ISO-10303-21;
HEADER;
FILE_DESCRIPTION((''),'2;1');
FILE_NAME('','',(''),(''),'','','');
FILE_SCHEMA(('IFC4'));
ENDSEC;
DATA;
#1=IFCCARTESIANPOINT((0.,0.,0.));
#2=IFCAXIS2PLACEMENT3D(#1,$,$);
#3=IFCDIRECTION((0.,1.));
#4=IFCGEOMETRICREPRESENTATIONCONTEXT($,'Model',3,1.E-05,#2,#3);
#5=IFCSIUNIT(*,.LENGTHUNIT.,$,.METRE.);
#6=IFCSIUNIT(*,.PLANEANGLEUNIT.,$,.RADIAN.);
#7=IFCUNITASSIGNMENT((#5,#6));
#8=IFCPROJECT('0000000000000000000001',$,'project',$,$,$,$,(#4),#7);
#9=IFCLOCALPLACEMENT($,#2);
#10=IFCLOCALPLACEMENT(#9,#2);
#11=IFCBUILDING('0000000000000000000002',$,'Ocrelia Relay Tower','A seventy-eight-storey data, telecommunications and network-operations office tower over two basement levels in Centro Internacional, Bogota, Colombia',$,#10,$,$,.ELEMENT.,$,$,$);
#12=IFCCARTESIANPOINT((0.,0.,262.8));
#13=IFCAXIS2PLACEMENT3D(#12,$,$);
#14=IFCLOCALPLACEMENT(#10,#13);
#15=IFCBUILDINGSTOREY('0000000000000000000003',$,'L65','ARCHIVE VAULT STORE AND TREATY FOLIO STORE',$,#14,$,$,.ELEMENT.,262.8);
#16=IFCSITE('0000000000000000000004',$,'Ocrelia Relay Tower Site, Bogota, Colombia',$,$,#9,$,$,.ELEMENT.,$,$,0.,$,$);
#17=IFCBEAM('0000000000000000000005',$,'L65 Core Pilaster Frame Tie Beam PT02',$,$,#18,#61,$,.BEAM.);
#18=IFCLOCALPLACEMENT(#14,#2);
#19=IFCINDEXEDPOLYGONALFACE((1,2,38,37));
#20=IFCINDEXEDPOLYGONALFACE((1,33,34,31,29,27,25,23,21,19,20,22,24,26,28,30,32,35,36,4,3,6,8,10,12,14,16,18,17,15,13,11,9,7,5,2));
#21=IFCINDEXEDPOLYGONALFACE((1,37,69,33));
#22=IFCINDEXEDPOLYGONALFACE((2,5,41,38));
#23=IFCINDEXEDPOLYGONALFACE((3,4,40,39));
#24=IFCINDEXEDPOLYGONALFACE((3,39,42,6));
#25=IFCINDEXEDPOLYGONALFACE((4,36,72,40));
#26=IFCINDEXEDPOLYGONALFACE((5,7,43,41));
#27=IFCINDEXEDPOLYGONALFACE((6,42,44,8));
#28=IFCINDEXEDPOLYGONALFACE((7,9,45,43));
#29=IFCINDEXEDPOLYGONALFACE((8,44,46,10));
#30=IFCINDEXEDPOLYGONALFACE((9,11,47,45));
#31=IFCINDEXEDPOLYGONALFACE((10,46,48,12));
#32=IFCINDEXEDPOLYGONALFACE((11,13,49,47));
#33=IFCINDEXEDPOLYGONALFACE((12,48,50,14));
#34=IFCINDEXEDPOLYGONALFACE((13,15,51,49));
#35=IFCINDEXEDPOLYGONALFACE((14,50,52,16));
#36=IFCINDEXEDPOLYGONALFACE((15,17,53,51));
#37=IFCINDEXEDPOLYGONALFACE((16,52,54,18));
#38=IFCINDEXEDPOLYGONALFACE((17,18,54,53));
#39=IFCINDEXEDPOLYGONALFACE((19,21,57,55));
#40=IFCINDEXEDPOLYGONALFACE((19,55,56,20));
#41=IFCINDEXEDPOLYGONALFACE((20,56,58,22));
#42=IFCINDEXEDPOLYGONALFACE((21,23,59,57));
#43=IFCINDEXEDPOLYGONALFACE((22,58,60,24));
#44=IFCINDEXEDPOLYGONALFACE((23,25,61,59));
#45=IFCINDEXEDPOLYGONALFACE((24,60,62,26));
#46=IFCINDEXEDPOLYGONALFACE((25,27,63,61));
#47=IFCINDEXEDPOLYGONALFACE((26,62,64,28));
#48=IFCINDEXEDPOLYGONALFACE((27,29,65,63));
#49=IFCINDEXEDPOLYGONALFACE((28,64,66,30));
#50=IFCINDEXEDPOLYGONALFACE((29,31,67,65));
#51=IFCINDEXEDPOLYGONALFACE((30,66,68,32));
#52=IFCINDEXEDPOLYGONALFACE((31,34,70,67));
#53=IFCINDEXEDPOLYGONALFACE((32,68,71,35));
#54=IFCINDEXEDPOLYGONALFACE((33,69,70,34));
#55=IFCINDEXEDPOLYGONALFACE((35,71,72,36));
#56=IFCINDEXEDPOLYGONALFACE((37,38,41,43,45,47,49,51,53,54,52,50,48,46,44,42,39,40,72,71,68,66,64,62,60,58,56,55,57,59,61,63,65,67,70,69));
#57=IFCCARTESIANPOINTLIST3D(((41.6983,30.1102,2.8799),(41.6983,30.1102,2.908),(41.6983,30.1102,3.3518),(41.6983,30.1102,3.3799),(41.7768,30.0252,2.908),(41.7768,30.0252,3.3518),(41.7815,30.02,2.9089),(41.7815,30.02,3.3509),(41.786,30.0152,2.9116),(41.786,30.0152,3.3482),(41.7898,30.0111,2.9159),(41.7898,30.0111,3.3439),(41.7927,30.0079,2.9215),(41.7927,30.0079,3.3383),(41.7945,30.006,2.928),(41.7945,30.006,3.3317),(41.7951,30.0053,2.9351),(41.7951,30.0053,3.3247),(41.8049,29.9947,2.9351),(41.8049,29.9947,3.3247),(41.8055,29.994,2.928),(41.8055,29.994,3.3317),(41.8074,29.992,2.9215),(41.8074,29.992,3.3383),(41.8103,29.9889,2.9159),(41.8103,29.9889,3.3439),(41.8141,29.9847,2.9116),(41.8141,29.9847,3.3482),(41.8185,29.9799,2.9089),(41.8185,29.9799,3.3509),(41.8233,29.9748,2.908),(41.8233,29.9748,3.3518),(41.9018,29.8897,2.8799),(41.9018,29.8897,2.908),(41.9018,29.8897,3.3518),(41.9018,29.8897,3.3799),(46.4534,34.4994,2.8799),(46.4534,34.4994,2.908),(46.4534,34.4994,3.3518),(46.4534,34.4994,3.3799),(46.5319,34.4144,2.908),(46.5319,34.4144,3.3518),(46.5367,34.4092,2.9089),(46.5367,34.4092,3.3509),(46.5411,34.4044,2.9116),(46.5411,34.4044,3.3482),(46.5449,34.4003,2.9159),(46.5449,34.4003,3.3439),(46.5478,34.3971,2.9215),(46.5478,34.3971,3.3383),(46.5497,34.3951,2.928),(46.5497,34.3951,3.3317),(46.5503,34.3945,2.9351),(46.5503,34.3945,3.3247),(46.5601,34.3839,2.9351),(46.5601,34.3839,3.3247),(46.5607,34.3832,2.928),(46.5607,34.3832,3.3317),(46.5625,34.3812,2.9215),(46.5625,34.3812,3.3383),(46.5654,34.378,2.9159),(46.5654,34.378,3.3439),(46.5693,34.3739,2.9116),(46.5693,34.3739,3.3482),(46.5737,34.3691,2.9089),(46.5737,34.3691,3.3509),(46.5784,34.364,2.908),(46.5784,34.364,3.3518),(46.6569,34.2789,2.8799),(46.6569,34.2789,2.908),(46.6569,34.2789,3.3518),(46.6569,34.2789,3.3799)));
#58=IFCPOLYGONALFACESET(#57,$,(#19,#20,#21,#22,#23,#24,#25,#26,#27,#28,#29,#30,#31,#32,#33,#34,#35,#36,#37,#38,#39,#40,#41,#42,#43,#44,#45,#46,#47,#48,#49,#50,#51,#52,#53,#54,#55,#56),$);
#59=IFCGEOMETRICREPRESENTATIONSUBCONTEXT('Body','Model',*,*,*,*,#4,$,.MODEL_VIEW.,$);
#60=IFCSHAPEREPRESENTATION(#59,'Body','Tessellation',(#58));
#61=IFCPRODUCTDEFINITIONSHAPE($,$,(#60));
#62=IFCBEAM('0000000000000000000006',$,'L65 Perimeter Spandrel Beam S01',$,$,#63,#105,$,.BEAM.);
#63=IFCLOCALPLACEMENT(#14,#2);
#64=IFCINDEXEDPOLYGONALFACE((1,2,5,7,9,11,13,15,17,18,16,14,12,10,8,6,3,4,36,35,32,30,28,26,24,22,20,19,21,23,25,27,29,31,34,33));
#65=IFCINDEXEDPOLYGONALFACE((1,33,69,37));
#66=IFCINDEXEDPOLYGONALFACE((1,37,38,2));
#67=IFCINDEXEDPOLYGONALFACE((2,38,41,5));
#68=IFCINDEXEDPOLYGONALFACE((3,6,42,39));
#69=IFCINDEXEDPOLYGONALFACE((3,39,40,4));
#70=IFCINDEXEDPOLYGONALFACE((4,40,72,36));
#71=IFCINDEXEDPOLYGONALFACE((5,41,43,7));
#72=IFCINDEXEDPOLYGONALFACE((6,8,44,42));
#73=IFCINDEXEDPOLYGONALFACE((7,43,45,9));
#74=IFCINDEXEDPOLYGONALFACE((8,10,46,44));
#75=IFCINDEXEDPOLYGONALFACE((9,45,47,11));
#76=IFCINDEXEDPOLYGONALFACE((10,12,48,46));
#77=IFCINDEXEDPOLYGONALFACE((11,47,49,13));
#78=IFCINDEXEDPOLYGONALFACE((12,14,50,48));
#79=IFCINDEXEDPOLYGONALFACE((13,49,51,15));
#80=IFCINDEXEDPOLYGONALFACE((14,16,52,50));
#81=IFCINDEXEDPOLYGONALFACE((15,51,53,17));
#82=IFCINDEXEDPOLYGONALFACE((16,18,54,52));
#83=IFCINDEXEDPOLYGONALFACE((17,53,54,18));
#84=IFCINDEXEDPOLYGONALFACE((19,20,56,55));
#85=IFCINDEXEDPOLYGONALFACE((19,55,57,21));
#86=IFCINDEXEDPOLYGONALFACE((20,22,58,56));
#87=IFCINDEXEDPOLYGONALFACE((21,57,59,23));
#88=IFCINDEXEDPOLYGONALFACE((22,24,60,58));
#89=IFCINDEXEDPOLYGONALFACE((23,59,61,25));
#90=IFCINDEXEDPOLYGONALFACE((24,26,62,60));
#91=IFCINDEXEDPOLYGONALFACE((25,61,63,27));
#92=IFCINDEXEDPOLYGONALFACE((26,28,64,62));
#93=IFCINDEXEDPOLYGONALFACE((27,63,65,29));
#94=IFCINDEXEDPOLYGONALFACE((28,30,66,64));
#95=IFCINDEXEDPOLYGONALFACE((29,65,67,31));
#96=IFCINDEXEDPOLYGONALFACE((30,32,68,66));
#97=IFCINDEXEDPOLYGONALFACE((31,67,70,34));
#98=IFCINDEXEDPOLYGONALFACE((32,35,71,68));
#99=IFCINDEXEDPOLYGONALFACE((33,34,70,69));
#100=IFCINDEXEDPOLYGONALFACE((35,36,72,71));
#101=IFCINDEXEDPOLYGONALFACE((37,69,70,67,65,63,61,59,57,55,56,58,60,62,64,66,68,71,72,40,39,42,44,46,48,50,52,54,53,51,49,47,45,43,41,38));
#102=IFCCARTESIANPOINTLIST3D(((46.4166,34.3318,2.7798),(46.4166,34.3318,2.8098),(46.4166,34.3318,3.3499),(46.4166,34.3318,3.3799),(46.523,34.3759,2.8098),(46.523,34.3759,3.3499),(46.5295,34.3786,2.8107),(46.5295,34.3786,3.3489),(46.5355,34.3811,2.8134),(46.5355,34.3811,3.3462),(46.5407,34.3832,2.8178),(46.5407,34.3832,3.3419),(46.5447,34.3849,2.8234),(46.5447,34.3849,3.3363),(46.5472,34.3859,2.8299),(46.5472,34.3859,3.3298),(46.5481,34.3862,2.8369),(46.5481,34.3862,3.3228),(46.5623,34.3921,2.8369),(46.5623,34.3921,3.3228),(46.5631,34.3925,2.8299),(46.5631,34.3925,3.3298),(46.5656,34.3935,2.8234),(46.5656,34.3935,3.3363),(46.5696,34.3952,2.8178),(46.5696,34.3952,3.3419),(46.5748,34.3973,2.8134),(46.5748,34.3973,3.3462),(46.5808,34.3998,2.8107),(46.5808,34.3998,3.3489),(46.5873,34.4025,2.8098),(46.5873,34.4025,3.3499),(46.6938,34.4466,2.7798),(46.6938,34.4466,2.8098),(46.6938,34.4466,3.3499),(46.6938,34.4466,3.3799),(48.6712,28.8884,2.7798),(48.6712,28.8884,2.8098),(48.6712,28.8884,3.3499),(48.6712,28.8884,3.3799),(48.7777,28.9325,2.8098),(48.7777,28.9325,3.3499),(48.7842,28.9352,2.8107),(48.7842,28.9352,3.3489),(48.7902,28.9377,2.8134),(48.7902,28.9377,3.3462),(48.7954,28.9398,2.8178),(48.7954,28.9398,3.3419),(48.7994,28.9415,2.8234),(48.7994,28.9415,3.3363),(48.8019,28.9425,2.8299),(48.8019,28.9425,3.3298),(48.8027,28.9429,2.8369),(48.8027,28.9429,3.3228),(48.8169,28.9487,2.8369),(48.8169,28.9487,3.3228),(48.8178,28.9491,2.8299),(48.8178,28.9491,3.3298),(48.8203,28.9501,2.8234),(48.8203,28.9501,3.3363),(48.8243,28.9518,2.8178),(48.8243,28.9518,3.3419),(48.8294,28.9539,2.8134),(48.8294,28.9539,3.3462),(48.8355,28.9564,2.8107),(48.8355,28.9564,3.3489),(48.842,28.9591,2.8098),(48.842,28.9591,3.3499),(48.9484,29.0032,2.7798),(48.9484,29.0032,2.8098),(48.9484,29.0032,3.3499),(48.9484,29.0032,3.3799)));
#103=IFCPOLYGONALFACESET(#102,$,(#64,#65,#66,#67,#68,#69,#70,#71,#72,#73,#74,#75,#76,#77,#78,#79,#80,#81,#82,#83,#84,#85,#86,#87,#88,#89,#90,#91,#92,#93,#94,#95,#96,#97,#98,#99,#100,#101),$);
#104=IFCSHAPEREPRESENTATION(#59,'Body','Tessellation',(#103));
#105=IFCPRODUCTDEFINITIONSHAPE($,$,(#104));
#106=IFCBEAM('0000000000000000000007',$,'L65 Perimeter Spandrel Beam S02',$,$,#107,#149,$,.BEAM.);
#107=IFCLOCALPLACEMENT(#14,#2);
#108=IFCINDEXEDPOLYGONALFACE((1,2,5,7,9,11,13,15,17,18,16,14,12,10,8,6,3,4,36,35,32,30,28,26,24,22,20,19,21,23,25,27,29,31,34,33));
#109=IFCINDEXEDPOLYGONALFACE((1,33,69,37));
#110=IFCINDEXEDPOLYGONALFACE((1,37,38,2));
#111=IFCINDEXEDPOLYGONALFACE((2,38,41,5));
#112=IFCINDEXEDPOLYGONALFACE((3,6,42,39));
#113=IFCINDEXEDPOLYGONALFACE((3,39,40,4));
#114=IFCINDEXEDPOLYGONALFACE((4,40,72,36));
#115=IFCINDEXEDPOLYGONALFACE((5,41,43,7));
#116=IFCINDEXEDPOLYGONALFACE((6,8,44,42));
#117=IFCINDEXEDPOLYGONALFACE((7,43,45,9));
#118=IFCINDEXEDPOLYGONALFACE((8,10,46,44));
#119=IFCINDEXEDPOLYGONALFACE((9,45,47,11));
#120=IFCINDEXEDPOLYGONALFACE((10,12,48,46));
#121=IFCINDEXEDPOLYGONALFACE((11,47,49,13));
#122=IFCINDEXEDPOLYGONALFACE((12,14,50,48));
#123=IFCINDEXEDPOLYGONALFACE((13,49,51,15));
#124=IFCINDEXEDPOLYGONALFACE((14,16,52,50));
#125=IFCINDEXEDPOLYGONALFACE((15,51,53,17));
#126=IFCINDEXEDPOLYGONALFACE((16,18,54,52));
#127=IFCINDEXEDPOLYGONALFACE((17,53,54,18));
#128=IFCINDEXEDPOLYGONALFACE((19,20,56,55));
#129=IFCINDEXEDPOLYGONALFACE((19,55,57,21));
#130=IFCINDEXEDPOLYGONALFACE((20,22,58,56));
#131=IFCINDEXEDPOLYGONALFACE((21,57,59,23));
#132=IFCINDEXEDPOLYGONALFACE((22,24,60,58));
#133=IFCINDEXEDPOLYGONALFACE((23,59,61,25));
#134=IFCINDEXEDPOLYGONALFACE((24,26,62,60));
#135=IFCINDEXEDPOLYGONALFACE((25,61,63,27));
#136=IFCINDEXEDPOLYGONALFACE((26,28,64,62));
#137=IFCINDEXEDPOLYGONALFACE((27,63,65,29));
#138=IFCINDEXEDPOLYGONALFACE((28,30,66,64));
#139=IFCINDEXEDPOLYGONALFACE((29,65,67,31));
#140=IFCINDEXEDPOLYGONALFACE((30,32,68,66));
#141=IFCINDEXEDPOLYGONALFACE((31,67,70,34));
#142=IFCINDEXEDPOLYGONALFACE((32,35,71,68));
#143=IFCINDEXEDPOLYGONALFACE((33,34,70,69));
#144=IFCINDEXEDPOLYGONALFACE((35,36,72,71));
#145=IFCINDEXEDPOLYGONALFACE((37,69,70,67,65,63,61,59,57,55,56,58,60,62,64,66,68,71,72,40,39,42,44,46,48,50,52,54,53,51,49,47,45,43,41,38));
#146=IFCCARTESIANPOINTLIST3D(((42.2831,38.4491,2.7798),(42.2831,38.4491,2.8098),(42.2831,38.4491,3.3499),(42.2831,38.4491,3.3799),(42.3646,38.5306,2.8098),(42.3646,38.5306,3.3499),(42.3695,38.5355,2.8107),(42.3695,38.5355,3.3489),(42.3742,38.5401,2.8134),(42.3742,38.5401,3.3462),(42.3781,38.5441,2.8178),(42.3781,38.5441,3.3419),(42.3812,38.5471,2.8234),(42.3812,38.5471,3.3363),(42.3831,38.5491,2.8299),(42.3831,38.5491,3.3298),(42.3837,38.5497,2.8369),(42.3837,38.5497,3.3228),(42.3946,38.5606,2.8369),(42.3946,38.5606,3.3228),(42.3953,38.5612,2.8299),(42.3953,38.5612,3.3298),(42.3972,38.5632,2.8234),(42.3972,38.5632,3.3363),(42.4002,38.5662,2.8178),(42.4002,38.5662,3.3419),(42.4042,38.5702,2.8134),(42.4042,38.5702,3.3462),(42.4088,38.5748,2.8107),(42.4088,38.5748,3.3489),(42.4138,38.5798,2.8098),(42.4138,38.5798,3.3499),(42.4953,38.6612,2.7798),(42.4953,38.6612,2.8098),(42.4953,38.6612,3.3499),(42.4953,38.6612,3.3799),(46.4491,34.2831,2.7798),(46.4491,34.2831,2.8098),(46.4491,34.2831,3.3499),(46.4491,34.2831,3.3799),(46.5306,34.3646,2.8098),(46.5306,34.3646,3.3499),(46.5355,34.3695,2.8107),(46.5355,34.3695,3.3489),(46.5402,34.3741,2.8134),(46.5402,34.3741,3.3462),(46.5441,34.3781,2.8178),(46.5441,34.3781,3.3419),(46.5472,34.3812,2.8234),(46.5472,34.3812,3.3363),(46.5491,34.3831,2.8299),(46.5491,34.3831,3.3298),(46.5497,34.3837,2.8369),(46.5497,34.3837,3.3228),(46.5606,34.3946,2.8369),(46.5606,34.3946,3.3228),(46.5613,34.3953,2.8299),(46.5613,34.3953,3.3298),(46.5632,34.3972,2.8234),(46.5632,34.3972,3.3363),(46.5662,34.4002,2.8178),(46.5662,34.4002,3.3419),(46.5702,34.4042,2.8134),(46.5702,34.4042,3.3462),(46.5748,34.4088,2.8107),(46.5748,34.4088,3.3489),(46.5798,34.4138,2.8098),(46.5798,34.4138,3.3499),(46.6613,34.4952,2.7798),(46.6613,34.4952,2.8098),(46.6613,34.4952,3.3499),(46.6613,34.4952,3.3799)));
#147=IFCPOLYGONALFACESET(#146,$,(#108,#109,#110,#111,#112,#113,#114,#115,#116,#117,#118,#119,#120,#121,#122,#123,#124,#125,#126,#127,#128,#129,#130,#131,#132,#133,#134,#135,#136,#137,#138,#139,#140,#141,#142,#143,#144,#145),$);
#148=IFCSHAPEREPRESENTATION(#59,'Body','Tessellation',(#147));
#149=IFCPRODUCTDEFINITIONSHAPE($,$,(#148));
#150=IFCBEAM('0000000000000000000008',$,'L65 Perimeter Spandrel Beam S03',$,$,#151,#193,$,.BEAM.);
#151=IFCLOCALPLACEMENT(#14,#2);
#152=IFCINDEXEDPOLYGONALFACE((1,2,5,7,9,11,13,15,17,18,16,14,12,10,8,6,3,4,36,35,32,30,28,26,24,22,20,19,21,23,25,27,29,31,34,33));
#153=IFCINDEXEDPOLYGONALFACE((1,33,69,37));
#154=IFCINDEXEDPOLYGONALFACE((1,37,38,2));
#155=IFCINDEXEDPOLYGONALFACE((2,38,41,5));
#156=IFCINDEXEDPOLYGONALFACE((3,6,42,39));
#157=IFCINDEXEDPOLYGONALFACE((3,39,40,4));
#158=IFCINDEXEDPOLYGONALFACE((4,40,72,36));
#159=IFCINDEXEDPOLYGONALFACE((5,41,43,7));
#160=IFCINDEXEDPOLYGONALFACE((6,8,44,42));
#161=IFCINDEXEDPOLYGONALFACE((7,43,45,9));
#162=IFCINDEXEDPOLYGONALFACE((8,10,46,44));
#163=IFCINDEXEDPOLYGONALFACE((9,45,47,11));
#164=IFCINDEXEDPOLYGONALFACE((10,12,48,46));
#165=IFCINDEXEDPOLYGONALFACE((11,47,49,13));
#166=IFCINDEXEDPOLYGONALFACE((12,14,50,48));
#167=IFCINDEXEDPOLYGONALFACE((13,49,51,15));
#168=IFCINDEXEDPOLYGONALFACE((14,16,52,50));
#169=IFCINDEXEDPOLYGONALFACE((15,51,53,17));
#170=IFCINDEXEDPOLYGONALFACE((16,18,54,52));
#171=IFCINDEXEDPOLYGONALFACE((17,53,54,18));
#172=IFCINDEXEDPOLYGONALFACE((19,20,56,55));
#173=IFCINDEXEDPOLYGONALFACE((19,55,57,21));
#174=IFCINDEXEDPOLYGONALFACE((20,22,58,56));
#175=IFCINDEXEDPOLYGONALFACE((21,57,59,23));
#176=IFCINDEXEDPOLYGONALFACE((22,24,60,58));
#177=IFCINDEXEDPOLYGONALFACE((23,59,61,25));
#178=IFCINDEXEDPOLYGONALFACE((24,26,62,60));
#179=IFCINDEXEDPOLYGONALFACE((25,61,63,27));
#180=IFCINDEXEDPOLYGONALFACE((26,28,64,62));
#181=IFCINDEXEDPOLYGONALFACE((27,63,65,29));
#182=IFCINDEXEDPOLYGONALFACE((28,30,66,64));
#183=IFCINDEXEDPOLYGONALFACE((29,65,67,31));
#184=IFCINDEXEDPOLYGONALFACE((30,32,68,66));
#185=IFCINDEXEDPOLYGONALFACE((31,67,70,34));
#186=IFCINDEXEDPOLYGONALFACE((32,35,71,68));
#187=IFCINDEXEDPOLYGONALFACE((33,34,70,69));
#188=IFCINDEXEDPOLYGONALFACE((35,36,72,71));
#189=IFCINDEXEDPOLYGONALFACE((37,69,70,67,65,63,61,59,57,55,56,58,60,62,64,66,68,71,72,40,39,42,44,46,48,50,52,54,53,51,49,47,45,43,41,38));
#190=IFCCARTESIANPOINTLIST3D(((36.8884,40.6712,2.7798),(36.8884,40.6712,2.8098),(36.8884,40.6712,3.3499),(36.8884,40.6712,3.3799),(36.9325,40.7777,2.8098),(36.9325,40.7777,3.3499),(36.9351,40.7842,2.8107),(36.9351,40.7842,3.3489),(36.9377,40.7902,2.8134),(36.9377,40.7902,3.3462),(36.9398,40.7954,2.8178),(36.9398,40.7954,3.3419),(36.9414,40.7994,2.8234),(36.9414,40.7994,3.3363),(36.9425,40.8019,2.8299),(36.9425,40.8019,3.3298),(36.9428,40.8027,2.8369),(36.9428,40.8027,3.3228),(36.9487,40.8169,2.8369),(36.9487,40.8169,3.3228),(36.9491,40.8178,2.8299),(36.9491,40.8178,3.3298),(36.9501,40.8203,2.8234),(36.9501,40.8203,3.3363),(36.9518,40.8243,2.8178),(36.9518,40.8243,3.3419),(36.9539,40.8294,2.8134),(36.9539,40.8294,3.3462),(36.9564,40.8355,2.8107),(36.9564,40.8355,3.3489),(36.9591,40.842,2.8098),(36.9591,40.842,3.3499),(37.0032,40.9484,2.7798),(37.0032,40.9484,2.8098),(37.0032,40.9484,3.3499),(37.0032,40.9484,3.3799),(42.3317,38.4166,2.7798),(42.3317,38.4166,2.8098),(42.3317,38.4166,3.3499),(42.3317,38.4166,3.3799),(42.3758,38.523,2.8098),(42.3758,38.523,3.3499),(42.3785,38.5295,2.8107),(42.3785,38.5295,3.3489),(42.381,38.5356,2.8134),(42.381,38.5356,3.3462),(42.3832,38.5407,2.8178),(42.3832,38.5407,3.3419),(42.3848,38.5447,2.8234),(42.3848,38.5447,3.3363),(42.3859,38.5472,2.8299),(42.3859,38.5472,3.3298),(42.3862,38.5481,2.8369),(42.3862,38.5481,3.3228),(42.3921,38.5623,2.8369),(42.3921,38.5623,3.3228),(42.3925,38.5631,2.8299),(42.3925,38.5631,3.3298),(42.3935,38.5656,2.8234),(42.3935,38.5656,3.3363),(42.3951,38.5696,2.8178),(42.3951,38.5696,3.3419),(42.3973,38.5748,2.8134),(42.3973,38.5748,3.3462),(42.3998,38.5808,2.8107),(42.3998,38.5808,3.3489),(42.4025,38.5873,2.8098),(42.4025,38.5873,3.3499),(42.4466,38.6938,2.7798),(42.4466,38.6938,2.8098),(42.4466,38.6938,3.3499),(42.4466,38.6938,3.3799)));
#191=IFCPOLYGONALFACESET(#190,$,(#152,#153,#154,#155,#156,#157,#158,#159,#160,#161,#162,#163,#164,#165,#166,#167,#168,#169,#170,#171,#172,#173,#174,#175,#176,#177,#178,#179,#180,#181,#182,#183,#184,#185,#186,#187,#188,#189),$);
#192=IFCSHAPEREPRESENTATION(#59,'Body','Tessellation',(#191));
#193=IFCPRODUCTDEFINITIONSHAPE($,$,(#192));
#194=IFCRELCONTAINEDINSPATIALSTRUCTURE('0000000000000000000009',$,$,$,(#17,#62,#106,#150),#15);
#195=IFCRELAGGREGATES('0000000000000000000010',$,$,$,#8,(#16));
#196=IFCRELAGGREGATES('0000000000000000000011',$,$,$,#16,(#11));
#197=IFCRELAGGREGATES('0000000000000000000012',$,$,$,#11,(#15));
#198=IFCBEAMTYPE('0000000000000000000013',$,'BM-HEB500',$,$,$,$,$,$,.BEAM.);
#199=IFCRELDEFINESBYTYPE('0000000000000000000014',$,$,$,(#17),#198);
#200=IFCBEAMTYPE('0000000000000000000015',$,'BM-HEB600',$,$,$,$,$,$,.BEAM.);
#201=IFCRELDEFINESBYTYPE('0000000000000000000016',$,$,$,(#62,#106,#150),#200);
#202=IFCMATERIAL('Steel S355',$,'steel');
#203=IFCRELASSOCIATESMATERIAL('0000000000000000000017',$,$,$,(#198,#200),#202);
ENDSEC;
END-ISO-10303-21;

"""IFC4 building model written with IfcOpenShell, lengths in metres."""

from ifc_helpers import new_model, si_unit, direction, frame, origin, origin_2d, place, context, subcontext, project, spatial, i_section, extrude, material, material_profile, profile_set, type_object, element, save


model = new_model("IFC4")

# Units and contexts
model_context = context("Model", 3, precision=1e-05, world=origin(), true_north=direction((0.0, 1.0)))
body_context = subcontext(model_context, "Body", "Model", "MODEL_VIEW")
ifc_project = project(units=[si_unit("LENGTHUNIT", "METRE"), si_unit("PLANEANGLEUNIT", "RADIAN")], contexts=[model_context])

# Site, building, storey
site_placement = place(None, origin())
site = spatial("IfcSite", under=ifc_project, at=site_placement, Name="Ocrelia Relay Tower Site, Bogota, Colombia", CompositionType="ELEMENT", RefElevation=0.0)
building_placement = place(site_placement, origin())
building = spatial("IfcBuilding", under=site, at=building_placement, Name="Ocrelia Relay Tower", Description="A seventy-eight-storey data, telecommunications and network-operations office tower over two basement levels in Centro Internacional, Bogota, Colombia", CompositionType="ELEMENT")
storey_placement = place(building_placement, frame((0.0, 0.0, 262.8)))
storey = spatial("IfcBuildingStorey", under=building, at=storey_placement, Name="L65", Description="ARCHIVE VAULT STORE AND TREATY FOLIO STORE", CompositionType="ELEMENT", Elevation=262.8)

# Beams
ifc_material_1 = material(Name="Steel S355", Category="steel")
ifc_material_profile_1 = material_profile(ifc_material_1, i_section(OverallWidth=0.3, OverallDepth=0.5, WebThickness=0.0144, FlangeThickness=0.0281, FilletRadius=0.0271, at=origin_2d()), Name="HEB 500")
ifc_profile_set_1 = profile_set([ifc_material_profile_1], Name="Steel S355")
beam_type_1 = type_object("IfcBeamType", Name="BM-HEB500", PredefinedType="BEAM", material=ifc_profile_set_1)
beam_1_placement = place(storey_placement, frame((46.5552, 34.3892, 3.1299), z_axis=(-0.734818, -0.678264, 0.0), x_axis=(0.678264, -0.734818, 0.0)))
element("IfcBeam", 1, at=beam_1_placement, inside=storey, type_object=beam_type_1, Name="L65 Core Pilaster Frame Tie Beam PT02", PredefinedType="BEAM", context=body_context, shape_type="SweptSolid", body=[
    extrude(i_section(OverallWidth=0.3, OverallDepth=0.5, WebThickness=0.0144, FlangeThickness=0.0281, FilletRadius=0.0271, at=origin_2d()), origin(), (0.0, 0.0, 1.0), 6.4712),
])
ifc_material_profile_2 = material_profile(ifc_material_1, i_section(OverallWidth=0.3, OverallDepth=0.6001, WebThickness=0.0154, FlangeThickness=0.03, FilletRadius=0.0271, at=origin_2d()), Name="HEB 600")
ifc_profile_set_2 = profile_set([ifc_material_profile_2], Name="Steel S355")
beam_type_2 = type_object("IfcBeamType", Name="BM-HEB600", PredefinedType="BEAM", material=ifc_profile_set_2)
beam_2_placement = place(storey_placement, frame((48.8098, 28.9458, 3.0798), z_axis=(-0.382673, 0.923884, 0.0), x_axis=(-0.923884, -0.382673, 0.0)))
element("IfcBeam", 2, at=beam_2_placement, inside=storey, type_object=beam_type_2, Name="L65 Perimeter Spandrel Beam S01", PredefinedType="BEAM", context=body_context, shape_type="SweptSolid", body=[
    extrude(i_section(OverallWidth=0.3, OverallDepth=0.6001, WebThickness=0.0154, FlangeThickness=0.03, FilletRadius=0.0271, at=origin_2d()), origin(), (0.0, 0.0, 1.0), 5.8918),
])
beam_3_placement = place(storey_placement, frame((46.5552, 34.3892, 3.0798), z_axis=(-0.707107, 0.707107, 0.0), x_axis=(-0.707107, -0.707107, 0.0)))
element("IfcBeam", 3, at=beam_3_placement, inside=storey, type_object=beam_type_2, Name="L65 Perimeter Spandrel Beam S02", PredefinedType="BEAM", context=body_context, shape_type="SweptSolid", body=[
    extrude(i_section(OverallWidth=0.3, OverallDepth=0.6001, WebThickness=0.0154, FlangeThickness=0.03, FilletRadius=0.0271, at=origin_2d()), origin(), (0.0, 0.0, 1.0), 5.8916),
])
beam_4_placement = place(storey_placement, frame((42.3892, 38.5552, 3.0798), z_axis=(-0.923884, 0.382673, 0.0), x_axis=(-0.382673, -0.923884, 0.0)))
element("IfcBeam", 4, at=beam_4_placement, inside=storey, type_object=beam_type_2, Name="L65 Perimeter Spandrel Beam S03", PredefinedType="BEAM", context=body_context, shape_type="SweptSolid", body=[
    extrude(i_section(OverallWidth=0.3, OverallDepth=0.6001, WebThickness=0.0154, FlangeThickness=0.03, FilletRadius=0.0271, at=origin_2d()), origin(), (0.0, 0.0, 1.0), 5.8918),
])

save(model, "model.ifc")
